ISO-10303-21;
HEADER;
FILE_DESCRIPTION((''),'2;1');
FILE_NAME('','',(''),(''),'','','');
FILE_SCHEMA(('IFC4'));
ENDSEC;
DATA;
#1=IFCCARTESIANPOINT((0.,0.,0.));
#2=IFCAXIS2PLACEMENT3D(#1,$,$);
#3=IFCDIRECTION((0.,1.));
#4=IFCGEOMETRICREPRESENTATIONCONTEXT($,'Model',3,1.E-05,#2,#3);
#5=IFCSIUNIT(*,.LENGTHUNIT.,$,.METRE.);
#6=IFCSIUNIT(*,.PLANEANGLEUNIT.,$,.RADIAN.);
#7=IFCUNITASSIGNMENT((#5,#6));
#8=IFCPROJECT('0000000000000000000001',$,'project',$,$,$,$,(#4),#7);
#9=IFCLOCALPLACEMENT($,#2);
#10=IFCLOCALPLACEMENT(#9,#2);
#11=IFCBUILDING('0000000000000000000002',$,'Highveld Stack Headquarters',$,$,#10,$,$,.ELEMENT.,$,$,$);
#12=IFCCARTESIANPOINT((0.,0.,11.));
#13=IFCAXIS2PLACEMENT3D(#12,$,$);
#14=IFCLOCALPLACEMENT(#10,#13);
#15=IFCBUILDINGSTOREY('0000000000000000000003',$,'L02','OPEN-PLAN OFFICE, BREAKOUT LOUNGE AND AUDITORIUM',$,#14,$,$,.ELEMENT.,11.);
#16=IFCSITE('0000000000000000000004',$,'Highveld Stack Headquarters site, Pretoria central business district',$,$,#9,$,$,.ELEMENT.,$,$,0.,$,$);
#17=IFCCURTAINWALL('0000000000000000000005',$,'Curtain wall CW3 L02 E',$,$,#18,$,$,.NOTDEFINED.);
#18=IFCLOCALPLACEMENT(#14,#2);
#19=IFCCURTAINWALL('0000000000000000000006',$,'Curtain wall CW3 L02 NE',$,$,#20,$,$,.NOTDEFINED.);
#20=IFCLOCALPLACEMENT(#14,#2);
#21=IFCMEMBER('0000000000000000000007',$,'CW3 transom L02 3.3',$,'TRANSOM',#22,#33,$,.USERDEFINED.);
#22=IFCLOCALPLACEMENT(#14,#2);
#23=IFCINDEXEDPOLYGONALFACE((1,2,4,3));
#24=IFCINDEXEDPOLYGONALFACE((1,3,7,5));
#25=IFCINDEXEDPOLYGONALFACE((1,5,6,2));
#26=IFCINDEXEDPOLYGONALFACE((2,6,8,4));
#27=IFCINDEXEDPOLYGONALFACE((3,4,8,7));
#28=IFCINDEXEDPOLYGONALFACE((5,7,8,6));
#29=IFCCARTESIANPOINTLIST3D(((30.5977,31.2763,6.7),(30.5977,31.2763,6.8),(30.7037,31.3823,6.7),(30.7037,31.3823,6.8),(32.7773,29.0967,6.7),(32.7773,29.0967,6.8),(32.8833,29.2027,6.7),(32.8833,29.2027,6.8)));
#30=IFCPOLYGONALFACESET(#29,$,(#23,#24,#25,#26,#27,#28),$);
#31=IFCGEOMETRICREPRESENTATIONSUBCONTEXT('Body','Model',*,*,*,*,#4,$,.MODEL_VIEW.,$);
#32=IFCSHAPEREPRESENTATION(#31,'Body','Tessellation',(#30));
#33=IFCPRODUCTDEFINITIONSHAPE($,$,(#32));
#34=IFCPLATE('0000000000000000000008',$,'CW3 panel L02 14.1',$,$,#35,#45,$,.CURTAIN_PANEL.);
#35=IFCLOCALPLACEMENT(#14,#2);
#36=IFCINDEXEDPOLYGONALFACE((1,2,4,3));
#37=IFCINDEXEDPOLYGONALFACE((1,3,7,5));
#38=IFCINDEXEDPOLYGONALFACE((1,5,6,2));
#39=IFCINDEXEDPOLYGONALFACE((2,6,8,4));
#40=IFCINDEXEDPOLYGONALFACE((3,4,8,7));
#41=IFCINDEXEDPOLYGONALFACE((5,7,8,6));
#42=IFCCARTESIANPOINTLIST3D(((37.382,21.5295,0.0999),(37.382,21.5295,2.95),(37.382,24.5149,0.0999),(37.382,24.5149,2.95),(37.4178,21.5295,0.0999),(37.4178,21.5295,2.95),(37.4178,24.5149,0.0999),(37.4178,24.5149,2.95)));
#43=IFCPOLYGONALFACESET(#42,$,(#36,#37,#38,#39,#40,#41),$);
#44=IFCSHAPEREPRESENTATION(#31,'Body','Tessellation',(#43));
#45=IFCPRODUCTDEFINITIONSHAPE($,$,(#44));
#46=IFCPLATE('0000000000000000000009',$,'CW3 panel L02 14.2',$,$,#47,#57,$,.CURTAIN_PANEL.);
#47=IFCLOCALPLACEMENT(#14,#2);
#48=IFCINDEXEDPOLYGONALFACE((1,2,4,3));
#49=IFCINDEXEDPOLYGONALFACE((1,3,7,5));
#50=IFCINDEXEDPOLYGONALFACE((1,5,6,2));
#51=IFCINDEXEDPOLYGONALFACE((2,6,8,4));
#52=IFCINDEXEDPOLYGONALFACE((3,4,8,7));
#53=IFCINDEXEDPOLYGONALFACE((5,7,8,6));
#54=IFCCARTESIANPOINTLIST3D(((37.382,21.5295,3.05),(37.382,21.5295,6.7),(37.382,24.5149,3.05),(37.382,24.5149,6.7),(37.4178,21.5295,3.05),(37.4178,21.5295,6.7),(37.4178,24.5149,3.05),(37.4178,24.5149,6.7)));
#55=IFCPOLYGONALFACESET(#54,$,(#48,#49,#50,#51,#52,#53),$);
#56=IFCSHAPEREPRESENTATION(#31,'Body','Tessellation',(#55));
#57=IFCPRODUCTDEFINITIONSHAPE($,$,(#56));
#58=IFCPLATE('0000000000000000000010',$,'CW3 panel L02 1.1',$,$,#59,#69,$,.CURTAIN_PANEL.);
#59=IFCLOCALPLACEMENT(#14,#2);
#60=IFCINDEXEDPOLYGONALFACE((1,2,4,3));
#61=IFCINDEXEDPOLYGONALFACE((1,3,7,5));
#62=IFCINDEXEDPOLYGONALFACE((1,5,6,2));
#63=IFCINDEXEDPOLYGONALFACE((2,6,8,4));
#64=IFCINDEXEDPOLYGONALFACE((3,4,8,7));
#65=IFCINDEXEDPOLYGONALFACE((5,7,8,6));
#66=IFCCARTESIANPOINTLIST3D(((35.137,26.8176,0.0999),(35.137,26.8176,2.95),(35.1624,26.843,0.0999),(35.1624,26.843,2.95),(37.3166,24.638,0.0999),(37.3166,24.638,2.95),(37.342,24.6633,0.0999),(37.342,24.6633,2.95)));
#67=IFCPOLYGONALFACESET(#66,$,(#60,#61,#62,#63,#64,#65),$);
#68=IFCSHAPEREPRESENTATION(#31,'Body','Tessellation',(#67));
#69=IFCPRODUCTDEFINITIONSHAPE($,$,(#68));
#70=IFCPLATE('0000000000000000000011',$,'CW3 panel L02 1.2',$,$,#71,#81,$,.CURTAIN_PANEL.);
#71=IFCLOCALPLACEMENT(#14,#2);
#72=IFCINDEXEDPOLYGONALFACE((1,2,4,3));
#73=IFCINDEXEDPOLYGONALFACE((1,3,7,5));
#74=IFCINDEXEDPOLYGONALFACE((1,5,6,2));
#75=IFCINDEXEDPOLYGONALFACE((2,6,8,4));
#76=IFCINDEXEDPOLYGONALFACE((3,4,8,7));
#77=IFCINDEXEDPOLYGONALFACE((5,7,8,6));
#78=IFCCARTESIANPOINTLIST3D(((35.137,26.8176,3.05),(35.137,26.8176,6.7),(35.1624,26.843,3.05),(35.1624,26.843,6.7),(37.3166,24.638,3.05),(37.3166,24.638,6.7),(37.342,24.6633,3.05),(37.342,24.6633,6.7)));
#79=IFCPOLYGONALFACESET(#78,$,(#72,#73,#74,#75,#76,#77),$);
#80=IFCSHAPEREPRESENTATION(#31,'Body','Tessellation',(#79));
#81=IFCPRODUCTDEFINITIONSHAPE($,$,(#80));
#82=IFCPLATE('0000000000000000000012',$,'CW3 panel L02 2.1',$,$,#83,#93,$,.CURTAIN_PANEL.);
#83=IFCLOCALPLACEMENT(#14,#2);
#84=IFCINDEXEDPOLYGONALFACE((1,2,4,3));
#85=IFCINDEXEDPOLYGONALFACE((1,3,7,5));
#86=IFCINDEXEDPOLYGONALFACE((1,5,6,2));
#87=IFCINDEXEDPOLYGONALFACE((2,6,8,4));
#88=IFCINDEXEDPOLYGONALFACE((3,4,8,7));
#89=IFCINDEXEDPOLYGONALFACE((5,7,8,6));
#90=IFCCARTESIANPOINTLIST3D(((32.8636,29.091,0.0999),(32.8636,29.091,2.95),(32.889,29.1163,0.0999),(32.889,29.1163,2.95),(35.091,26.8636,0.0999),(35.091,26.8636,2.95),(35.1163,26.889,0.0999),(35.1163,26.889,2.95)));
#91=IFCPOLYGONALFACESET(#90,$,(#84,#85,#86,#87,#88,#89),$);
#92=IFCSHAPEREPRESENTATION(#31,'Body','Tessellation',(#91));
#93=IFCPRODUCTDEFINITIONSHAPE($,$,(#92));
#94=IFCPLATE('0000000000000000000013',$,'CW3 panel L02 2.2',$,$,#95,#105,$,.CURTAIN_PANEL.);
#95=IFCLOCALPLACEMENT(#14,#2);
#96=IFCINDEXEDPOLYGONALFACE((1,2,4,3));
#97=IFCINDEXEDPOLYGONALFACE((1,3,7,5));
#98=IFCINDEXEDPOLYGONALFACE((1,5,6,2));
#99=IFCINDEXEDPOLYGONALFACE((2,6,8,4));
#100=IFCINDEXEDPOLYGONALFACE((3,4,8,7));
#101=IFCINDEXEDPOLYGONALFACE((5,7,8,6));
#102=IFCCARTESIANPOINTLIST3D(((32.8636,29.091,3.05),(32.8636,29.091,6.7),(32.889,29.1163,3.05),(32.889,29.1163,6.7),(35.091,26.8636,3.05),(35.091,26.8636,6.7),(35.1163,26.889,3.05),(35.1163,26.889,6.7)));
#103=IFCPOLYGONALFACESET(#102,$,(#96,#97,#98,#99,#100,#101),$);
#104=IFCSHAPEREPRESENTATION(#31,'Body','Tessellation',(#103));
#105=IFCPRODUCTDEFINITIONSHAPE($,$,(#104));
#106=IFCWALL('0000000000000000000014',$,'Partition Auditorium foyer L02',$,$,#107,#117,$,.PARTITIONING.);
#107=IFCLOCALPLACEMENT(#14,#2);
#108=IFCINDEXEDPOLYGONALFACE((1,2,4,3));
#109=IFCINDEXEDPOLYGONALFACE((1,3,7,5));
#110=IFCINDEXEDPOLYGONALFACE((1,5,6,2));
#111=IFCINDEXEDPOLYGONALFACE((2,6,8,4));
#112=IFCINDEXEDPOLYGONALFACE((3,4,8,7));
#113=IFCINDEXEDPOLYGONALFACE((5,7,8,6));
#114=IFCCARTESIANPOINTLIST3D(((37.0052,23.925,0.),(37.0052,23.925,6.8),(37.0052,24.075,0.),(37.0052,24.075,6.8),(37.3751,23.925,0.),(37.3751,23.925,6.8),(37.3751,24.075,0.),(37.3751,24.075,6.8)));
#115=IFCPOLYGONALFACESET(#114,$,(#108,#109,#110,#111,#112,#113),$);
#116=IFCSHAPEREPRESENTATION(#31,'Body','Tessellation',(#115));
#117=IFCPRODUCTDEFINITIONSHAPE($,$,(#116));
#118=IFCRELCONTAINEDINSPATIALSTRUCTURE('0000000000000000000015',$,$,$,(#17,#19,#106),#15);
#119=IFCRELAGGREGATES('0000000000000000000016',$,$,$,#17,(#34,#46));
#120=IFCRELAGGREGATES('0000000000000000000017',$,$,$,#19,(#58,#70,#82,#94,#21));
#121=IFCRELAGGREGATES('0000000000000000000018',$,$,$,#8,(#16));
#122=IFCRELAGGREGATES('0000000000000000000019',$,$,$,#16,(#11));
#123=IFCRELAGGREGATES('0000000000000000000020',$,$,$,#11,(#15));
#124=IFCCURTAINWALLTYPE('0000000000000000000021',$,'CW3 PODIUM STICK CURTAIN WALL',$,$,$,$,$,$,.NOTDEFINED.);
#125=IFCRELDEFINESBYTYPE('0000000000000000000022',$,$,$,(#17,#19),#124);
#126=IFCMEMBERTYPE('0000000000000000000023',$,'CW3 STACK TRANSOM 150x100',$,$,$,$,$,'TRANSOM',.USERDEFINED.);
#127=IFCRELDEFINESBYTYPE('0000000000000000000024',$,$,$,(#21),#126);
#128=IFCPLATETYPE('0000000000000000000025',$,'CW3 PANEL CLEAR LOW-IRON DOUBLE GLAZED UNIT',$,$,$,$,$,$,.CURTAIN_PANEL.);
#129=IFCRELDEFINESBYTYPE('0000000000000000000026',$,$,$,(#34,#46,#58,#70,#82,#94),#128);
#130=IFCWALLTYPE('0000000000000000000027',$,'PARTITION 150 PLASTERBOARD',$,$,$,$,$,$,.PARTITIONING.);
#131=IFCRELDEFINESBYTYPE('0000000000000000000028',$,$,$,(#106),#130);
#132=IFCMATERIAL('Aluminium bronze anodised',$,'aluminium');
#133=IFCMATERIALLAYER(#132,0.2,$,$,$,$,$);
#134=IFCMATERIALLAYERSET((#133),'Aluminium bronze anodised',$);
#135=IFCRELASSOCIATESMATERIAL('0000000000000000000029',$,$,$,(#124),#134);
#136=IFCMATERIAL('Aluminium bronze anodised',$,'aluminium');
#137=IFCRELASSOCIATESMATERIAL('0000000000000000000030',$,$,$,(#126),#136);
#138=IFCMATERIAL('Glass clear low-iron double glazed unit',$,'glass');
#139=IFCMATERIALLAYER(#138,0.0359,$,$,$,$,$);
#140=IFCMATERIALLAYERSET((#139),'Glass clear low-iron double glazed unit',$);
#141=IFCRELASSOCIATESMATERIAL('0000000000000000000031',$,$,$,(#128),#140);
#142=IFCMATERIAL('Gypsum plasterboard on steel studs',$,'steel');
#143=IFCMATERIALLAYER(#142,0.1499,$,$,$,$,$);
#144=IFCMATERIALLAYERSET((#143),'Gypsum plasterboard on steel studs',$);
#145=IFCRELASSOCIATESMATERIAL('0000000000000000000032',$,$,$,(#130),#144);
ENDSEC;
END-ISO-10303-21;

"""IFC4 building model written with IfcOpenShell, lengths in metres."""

from ifc_helpers import new_model, si_unit, direction, frame, frame_2d, origin, origin_2d, place, context, subcontext, project, spatial, rectangle, extrude, material, layer, layer_set, material_profile, profile_set, type_object, element, aggregate, save


model = new_model("IFC4")

# Units and contexts
model_context = context("Model", 3, precision=1e-05, world=origin(), true_north=direction((0.0, 1.0)))
body_context = subcontext(model_context, "Body", "Model", "MODEL_VIEW")
ifc_project = project(units=[si_unit("LENGTHUNIT", "METRE"), si_unit("PLANEANGLEUNIT", "RADIAN")], contexts=[model_context])

# Site, building, storey
site_placement = place(None, origin())
site = spatial("IfcSite", under=ifc_project, at=site_placement, Name="Highveld Stack Headquarters site, Pretoria central business district", CompositionType="ELEMENT", RefElevation=0.0)
building_placement = place(site_placement, origin())
building = spatial("IfcBuilding", under=site, at=building_placement, Name="Highveld Stack Headquarters", CompositionType="ELEMENT")
storey_placement = place(building_placement, frame((0.0, 0.0, 11.0)))
storey = spatial("IfcBuildingStorey", under=building, at=storey_placement, Name="L02", Description="OPEN-PLAN OFFICE, BREAKOUT LOUNGE AND AUDITORIUM", CompositionType="ELEMENT", Elevation=11.0)

# Curtain wall
ifc_material_1 = material(Name="Aluminium bronze anodised", Category="aluminium")
ifc_layer_1 = layer(ifc_material_1, 0.2)
ifc_layer_set_1 = layer_set([ifc_layer_1], Name="Aluminium bronze anodised")
curtain_wall_type = type_object("IfcCurtainWallType", Name="CW3 PODIUM STICK CURTAIN WALL", PredefinedType="NOTDEFINED", material=ifc_layer_set_1)
curtain_wall_1_placement = place(storey_placement, origin())
curtain_wall_1 = element("IfcCurtainWall", 1, at=curtain_wall_1_placement, inside=storey, type_object=curtain_wall_type, Name="Curtain wall CW3 L02 E", PredefinedType="NOTDEFINED")

# Curtain wall
curtain_wall_2_placement = place(storey_placement, origin())
curtain_wall_2 = element("IfcCurtainWall", 2, at=curtain_wall_2_placement, inside=storey, type_object=curtain_wall_type, Name="Curtain wall CW3 L02 NE", PredefinedType="NOTDEFINED")

# Member
ifc_material_2 = material(Name="Aluminium bronze anodised", Category="aluminium")
ifc_material_profile_1 = material_profile(ifc_material_2, rectangle(XDim=0.1499, YDim=0.1001, at=origin_2d()), Name="CW3 TRANSOM 150x100")
ifc_profile_set_1 = profile_set([ifc_material_profile_1], Name="Aluminium bronze anodised")
member_type_1 = type_object("IfcMemberType", Name="CW3 STACK TRANSOM 150x100", ElementType="TRANSOM", PredefinedType="USERDEFINED", material=ifc_profile_set_1)
member_1_placement = place(storey_placement, frame((32.8303, 29.1497, 6.75), z_axis=(-0.707107, 0.707107, 0.0), x_axis=(-0.707107, -0.707107, 0.0)))
member_1 = element("IfcMember", 3, at=member_1_placement, type_object=member_type_1, Name="CW3 transom L02 3.3", ObjectType="TRANSOM", PredefinedType="USERDEFINED", context=body_context, shape_type="SweptSolid", body=[
    extrude(rectangle(XDim=0.1499, YDim=0.1001, at=origin_2d()), origin(), (0.0, 0.0, 1.0), 3.0825),
])

# Plates
ifc_material_3 = material(Name="Glass clear low-iron double glazed unit", Category="glass")
ifc_layer_2 = layer(ifc_material_3, 0.0359)
ifc_layer_set_2 = layer_set([ifc_layer_2], Name="Glass clear low-iron double glazed unit")
plate_type = type_object("IfcPlateType", Name="CW3 PANEL CLEAR LOW-IRON DOUBLE GLAZED UNIT", PredefinedType="CURTAIN_PANEL", material=ifc_layer_set_2)
plate_1_placement = place(storey_placement, frame((37.3999, 23.0222, 0.0999), z_axis=(0.0, 0.0, 1.0), x_axis=(0.0, 1.0, 0.0)))
plate_1 = element("IfcPlate", 4, at=plate_1_placement, type_object=plate_type, Name="CW3 panel L02 14.1", PredefinedType="CURTAIN_PANEL", context=body_context, shape_type="SweptSolid", body=[
    extrude(rectangle(XDim=2.9854, YDim=0.0359, at=origin_2d()), origin(), (0.0, 0.0, 1.0), 2.8501),
])
plate_2_placement = place(storey_placement, frame((37.3999, 23.0222, 3.05), z_axis=(0.0, 0.0, 1.0), x_axis=(0.0, 1.0, 0.0)))
plate_2 = element("IfcPlate", 5, at=plate_2_placement, type_object=plate_type, Name="CW3 panel L02 14.2", PredefinedType="CURTAIN_PANEL", context=body_context, shape_type="SweptSolid", body=[
    extrude(rectangle(XDim=2.9854, YDim=0.0359, at=origin_2d()), origin(), (0.0, 0.0, 1.0), 3.6499),
])
aggregate(curtain_wall_1, [plate_1, plate_2])
plate_3_placement = place(storey_placement, frame((36.2395, 25.7405, 0.0999), z_axis=(0.0, 0.0, 1.0), x_axis=(-0.707107, 0.707107, 0.0)))
plate_3 = element("IfcPlate", 6, at=plate_3_placement, type_object=plate_type, Name="CW3 panel L02 1.1", PredefinedType="CURTAIN_PANEL", context=body_context, shape_type="SweptSolid", body=[
    extrude(rectangle(XDim=3.0825, YDim=0.0359, at=origin_2d()), origin(), (0.0, 0.0, 1.0), 2.8501),
])
plate_4_placement = place(storey_placement, frame((36.2395, 25.7405, 3.05), z_axis=(0.0, 0.0, 1.0), x_axis=(-0.707107, 0.707107, 0.0)))
plate_4 = element("IfcPlate", 7, at=plate_4_placement, type_object=plate_type, Name="CW3 panel L02 1.2", PredefinedType="CURTAIN_PANEL", context=body_context, shape_type="SweptSolid", body=[
    extrude(rectangle(XDim=3.0825, YDim=0.0359, at=origin_2d()), origin(), (0.0, 0.0, 1.0), 3.6499),
])
plate_5_placement = place(storey_placement, frame((33.99, 27.99, 0.0999), z_axis=(0.0, 0.0, 1.0), x_axis=(-0.707107, 0.707107, 0.0)))
plate_5 = element("IfcPlate", 8, at=plate_5_placement, type_object=plate_type, Name="CW3 panel L02 2.1", PredefinedType="CURTAIN_PANEL", context=body_context, shape_type="SweptSolid", body=[
    extrude(rectangle(XDim=3.1499, YDim=0.0359, at=origin_2d()), origin(), (0.0, 0.0, 1.0), 2.8501),
])
plate_6_placement = place(storey_placement, frame((33.99, 27.99, 3.05), z_axis=(0.0, 0.0, 1.0), x_axis=(-0.707107, 0.707107, 0.0)))
plate_6 = element("IfcPlate", 9, at=plate_6_placement, type_object=plate_type, Name="CW3 panel L02 2.2", PredefinedType="CURTAIN_PANEL", context=body_context, shape_type="SweptSolid", body=[
    extrude(rectangle(XDim=3.1499, YDim=0.0359, at=origin_2d()), origin(), (0.0, 0.0, 1.0), 3.6499),
])
aggregate(curtain_wall_2, [plate_3, plate_4, plate_5, plate_6, member_1])

# Wall
ifc_material_4 = material(Name="Gypsum plasterboard on steel studs", Category="steel")
ifc_layer_3 = layer(ifc_material_4, 0.1499)
ifc_layer_set_3 = layer_set([ifc_layer_3], Name="Gypsum plasterboard on steel studs")
wall_type = type_object("IfcWallType", Name="PARTITION 150 PLASTERBOARD", PredefinedType="PARTITIONING", material=ifc_layer_set_3)
wall_placement = place(storey_placement, frame((37.0051, 24.0, 0.0), z_axis=(0.0, 0.0, 1.0), x_axis=(1.0, 0.0, 0.0)))
element("IfcWall", 10, at=wall_placement, inside=storey, type_object=wall_type, Name="Partition Auditorium foyer L02", PredefinedType="PARTITIONING", context=body_context, shape_type="SweptSolid", body=[
    extrude(rectangle(XDim=0.3699, YDim=0.1499, at=frame_2d((0.1851, 0.0))), origin(), (0.0, 0.0, 1.0), 6.8),
])

save(model, "model.ifc")
